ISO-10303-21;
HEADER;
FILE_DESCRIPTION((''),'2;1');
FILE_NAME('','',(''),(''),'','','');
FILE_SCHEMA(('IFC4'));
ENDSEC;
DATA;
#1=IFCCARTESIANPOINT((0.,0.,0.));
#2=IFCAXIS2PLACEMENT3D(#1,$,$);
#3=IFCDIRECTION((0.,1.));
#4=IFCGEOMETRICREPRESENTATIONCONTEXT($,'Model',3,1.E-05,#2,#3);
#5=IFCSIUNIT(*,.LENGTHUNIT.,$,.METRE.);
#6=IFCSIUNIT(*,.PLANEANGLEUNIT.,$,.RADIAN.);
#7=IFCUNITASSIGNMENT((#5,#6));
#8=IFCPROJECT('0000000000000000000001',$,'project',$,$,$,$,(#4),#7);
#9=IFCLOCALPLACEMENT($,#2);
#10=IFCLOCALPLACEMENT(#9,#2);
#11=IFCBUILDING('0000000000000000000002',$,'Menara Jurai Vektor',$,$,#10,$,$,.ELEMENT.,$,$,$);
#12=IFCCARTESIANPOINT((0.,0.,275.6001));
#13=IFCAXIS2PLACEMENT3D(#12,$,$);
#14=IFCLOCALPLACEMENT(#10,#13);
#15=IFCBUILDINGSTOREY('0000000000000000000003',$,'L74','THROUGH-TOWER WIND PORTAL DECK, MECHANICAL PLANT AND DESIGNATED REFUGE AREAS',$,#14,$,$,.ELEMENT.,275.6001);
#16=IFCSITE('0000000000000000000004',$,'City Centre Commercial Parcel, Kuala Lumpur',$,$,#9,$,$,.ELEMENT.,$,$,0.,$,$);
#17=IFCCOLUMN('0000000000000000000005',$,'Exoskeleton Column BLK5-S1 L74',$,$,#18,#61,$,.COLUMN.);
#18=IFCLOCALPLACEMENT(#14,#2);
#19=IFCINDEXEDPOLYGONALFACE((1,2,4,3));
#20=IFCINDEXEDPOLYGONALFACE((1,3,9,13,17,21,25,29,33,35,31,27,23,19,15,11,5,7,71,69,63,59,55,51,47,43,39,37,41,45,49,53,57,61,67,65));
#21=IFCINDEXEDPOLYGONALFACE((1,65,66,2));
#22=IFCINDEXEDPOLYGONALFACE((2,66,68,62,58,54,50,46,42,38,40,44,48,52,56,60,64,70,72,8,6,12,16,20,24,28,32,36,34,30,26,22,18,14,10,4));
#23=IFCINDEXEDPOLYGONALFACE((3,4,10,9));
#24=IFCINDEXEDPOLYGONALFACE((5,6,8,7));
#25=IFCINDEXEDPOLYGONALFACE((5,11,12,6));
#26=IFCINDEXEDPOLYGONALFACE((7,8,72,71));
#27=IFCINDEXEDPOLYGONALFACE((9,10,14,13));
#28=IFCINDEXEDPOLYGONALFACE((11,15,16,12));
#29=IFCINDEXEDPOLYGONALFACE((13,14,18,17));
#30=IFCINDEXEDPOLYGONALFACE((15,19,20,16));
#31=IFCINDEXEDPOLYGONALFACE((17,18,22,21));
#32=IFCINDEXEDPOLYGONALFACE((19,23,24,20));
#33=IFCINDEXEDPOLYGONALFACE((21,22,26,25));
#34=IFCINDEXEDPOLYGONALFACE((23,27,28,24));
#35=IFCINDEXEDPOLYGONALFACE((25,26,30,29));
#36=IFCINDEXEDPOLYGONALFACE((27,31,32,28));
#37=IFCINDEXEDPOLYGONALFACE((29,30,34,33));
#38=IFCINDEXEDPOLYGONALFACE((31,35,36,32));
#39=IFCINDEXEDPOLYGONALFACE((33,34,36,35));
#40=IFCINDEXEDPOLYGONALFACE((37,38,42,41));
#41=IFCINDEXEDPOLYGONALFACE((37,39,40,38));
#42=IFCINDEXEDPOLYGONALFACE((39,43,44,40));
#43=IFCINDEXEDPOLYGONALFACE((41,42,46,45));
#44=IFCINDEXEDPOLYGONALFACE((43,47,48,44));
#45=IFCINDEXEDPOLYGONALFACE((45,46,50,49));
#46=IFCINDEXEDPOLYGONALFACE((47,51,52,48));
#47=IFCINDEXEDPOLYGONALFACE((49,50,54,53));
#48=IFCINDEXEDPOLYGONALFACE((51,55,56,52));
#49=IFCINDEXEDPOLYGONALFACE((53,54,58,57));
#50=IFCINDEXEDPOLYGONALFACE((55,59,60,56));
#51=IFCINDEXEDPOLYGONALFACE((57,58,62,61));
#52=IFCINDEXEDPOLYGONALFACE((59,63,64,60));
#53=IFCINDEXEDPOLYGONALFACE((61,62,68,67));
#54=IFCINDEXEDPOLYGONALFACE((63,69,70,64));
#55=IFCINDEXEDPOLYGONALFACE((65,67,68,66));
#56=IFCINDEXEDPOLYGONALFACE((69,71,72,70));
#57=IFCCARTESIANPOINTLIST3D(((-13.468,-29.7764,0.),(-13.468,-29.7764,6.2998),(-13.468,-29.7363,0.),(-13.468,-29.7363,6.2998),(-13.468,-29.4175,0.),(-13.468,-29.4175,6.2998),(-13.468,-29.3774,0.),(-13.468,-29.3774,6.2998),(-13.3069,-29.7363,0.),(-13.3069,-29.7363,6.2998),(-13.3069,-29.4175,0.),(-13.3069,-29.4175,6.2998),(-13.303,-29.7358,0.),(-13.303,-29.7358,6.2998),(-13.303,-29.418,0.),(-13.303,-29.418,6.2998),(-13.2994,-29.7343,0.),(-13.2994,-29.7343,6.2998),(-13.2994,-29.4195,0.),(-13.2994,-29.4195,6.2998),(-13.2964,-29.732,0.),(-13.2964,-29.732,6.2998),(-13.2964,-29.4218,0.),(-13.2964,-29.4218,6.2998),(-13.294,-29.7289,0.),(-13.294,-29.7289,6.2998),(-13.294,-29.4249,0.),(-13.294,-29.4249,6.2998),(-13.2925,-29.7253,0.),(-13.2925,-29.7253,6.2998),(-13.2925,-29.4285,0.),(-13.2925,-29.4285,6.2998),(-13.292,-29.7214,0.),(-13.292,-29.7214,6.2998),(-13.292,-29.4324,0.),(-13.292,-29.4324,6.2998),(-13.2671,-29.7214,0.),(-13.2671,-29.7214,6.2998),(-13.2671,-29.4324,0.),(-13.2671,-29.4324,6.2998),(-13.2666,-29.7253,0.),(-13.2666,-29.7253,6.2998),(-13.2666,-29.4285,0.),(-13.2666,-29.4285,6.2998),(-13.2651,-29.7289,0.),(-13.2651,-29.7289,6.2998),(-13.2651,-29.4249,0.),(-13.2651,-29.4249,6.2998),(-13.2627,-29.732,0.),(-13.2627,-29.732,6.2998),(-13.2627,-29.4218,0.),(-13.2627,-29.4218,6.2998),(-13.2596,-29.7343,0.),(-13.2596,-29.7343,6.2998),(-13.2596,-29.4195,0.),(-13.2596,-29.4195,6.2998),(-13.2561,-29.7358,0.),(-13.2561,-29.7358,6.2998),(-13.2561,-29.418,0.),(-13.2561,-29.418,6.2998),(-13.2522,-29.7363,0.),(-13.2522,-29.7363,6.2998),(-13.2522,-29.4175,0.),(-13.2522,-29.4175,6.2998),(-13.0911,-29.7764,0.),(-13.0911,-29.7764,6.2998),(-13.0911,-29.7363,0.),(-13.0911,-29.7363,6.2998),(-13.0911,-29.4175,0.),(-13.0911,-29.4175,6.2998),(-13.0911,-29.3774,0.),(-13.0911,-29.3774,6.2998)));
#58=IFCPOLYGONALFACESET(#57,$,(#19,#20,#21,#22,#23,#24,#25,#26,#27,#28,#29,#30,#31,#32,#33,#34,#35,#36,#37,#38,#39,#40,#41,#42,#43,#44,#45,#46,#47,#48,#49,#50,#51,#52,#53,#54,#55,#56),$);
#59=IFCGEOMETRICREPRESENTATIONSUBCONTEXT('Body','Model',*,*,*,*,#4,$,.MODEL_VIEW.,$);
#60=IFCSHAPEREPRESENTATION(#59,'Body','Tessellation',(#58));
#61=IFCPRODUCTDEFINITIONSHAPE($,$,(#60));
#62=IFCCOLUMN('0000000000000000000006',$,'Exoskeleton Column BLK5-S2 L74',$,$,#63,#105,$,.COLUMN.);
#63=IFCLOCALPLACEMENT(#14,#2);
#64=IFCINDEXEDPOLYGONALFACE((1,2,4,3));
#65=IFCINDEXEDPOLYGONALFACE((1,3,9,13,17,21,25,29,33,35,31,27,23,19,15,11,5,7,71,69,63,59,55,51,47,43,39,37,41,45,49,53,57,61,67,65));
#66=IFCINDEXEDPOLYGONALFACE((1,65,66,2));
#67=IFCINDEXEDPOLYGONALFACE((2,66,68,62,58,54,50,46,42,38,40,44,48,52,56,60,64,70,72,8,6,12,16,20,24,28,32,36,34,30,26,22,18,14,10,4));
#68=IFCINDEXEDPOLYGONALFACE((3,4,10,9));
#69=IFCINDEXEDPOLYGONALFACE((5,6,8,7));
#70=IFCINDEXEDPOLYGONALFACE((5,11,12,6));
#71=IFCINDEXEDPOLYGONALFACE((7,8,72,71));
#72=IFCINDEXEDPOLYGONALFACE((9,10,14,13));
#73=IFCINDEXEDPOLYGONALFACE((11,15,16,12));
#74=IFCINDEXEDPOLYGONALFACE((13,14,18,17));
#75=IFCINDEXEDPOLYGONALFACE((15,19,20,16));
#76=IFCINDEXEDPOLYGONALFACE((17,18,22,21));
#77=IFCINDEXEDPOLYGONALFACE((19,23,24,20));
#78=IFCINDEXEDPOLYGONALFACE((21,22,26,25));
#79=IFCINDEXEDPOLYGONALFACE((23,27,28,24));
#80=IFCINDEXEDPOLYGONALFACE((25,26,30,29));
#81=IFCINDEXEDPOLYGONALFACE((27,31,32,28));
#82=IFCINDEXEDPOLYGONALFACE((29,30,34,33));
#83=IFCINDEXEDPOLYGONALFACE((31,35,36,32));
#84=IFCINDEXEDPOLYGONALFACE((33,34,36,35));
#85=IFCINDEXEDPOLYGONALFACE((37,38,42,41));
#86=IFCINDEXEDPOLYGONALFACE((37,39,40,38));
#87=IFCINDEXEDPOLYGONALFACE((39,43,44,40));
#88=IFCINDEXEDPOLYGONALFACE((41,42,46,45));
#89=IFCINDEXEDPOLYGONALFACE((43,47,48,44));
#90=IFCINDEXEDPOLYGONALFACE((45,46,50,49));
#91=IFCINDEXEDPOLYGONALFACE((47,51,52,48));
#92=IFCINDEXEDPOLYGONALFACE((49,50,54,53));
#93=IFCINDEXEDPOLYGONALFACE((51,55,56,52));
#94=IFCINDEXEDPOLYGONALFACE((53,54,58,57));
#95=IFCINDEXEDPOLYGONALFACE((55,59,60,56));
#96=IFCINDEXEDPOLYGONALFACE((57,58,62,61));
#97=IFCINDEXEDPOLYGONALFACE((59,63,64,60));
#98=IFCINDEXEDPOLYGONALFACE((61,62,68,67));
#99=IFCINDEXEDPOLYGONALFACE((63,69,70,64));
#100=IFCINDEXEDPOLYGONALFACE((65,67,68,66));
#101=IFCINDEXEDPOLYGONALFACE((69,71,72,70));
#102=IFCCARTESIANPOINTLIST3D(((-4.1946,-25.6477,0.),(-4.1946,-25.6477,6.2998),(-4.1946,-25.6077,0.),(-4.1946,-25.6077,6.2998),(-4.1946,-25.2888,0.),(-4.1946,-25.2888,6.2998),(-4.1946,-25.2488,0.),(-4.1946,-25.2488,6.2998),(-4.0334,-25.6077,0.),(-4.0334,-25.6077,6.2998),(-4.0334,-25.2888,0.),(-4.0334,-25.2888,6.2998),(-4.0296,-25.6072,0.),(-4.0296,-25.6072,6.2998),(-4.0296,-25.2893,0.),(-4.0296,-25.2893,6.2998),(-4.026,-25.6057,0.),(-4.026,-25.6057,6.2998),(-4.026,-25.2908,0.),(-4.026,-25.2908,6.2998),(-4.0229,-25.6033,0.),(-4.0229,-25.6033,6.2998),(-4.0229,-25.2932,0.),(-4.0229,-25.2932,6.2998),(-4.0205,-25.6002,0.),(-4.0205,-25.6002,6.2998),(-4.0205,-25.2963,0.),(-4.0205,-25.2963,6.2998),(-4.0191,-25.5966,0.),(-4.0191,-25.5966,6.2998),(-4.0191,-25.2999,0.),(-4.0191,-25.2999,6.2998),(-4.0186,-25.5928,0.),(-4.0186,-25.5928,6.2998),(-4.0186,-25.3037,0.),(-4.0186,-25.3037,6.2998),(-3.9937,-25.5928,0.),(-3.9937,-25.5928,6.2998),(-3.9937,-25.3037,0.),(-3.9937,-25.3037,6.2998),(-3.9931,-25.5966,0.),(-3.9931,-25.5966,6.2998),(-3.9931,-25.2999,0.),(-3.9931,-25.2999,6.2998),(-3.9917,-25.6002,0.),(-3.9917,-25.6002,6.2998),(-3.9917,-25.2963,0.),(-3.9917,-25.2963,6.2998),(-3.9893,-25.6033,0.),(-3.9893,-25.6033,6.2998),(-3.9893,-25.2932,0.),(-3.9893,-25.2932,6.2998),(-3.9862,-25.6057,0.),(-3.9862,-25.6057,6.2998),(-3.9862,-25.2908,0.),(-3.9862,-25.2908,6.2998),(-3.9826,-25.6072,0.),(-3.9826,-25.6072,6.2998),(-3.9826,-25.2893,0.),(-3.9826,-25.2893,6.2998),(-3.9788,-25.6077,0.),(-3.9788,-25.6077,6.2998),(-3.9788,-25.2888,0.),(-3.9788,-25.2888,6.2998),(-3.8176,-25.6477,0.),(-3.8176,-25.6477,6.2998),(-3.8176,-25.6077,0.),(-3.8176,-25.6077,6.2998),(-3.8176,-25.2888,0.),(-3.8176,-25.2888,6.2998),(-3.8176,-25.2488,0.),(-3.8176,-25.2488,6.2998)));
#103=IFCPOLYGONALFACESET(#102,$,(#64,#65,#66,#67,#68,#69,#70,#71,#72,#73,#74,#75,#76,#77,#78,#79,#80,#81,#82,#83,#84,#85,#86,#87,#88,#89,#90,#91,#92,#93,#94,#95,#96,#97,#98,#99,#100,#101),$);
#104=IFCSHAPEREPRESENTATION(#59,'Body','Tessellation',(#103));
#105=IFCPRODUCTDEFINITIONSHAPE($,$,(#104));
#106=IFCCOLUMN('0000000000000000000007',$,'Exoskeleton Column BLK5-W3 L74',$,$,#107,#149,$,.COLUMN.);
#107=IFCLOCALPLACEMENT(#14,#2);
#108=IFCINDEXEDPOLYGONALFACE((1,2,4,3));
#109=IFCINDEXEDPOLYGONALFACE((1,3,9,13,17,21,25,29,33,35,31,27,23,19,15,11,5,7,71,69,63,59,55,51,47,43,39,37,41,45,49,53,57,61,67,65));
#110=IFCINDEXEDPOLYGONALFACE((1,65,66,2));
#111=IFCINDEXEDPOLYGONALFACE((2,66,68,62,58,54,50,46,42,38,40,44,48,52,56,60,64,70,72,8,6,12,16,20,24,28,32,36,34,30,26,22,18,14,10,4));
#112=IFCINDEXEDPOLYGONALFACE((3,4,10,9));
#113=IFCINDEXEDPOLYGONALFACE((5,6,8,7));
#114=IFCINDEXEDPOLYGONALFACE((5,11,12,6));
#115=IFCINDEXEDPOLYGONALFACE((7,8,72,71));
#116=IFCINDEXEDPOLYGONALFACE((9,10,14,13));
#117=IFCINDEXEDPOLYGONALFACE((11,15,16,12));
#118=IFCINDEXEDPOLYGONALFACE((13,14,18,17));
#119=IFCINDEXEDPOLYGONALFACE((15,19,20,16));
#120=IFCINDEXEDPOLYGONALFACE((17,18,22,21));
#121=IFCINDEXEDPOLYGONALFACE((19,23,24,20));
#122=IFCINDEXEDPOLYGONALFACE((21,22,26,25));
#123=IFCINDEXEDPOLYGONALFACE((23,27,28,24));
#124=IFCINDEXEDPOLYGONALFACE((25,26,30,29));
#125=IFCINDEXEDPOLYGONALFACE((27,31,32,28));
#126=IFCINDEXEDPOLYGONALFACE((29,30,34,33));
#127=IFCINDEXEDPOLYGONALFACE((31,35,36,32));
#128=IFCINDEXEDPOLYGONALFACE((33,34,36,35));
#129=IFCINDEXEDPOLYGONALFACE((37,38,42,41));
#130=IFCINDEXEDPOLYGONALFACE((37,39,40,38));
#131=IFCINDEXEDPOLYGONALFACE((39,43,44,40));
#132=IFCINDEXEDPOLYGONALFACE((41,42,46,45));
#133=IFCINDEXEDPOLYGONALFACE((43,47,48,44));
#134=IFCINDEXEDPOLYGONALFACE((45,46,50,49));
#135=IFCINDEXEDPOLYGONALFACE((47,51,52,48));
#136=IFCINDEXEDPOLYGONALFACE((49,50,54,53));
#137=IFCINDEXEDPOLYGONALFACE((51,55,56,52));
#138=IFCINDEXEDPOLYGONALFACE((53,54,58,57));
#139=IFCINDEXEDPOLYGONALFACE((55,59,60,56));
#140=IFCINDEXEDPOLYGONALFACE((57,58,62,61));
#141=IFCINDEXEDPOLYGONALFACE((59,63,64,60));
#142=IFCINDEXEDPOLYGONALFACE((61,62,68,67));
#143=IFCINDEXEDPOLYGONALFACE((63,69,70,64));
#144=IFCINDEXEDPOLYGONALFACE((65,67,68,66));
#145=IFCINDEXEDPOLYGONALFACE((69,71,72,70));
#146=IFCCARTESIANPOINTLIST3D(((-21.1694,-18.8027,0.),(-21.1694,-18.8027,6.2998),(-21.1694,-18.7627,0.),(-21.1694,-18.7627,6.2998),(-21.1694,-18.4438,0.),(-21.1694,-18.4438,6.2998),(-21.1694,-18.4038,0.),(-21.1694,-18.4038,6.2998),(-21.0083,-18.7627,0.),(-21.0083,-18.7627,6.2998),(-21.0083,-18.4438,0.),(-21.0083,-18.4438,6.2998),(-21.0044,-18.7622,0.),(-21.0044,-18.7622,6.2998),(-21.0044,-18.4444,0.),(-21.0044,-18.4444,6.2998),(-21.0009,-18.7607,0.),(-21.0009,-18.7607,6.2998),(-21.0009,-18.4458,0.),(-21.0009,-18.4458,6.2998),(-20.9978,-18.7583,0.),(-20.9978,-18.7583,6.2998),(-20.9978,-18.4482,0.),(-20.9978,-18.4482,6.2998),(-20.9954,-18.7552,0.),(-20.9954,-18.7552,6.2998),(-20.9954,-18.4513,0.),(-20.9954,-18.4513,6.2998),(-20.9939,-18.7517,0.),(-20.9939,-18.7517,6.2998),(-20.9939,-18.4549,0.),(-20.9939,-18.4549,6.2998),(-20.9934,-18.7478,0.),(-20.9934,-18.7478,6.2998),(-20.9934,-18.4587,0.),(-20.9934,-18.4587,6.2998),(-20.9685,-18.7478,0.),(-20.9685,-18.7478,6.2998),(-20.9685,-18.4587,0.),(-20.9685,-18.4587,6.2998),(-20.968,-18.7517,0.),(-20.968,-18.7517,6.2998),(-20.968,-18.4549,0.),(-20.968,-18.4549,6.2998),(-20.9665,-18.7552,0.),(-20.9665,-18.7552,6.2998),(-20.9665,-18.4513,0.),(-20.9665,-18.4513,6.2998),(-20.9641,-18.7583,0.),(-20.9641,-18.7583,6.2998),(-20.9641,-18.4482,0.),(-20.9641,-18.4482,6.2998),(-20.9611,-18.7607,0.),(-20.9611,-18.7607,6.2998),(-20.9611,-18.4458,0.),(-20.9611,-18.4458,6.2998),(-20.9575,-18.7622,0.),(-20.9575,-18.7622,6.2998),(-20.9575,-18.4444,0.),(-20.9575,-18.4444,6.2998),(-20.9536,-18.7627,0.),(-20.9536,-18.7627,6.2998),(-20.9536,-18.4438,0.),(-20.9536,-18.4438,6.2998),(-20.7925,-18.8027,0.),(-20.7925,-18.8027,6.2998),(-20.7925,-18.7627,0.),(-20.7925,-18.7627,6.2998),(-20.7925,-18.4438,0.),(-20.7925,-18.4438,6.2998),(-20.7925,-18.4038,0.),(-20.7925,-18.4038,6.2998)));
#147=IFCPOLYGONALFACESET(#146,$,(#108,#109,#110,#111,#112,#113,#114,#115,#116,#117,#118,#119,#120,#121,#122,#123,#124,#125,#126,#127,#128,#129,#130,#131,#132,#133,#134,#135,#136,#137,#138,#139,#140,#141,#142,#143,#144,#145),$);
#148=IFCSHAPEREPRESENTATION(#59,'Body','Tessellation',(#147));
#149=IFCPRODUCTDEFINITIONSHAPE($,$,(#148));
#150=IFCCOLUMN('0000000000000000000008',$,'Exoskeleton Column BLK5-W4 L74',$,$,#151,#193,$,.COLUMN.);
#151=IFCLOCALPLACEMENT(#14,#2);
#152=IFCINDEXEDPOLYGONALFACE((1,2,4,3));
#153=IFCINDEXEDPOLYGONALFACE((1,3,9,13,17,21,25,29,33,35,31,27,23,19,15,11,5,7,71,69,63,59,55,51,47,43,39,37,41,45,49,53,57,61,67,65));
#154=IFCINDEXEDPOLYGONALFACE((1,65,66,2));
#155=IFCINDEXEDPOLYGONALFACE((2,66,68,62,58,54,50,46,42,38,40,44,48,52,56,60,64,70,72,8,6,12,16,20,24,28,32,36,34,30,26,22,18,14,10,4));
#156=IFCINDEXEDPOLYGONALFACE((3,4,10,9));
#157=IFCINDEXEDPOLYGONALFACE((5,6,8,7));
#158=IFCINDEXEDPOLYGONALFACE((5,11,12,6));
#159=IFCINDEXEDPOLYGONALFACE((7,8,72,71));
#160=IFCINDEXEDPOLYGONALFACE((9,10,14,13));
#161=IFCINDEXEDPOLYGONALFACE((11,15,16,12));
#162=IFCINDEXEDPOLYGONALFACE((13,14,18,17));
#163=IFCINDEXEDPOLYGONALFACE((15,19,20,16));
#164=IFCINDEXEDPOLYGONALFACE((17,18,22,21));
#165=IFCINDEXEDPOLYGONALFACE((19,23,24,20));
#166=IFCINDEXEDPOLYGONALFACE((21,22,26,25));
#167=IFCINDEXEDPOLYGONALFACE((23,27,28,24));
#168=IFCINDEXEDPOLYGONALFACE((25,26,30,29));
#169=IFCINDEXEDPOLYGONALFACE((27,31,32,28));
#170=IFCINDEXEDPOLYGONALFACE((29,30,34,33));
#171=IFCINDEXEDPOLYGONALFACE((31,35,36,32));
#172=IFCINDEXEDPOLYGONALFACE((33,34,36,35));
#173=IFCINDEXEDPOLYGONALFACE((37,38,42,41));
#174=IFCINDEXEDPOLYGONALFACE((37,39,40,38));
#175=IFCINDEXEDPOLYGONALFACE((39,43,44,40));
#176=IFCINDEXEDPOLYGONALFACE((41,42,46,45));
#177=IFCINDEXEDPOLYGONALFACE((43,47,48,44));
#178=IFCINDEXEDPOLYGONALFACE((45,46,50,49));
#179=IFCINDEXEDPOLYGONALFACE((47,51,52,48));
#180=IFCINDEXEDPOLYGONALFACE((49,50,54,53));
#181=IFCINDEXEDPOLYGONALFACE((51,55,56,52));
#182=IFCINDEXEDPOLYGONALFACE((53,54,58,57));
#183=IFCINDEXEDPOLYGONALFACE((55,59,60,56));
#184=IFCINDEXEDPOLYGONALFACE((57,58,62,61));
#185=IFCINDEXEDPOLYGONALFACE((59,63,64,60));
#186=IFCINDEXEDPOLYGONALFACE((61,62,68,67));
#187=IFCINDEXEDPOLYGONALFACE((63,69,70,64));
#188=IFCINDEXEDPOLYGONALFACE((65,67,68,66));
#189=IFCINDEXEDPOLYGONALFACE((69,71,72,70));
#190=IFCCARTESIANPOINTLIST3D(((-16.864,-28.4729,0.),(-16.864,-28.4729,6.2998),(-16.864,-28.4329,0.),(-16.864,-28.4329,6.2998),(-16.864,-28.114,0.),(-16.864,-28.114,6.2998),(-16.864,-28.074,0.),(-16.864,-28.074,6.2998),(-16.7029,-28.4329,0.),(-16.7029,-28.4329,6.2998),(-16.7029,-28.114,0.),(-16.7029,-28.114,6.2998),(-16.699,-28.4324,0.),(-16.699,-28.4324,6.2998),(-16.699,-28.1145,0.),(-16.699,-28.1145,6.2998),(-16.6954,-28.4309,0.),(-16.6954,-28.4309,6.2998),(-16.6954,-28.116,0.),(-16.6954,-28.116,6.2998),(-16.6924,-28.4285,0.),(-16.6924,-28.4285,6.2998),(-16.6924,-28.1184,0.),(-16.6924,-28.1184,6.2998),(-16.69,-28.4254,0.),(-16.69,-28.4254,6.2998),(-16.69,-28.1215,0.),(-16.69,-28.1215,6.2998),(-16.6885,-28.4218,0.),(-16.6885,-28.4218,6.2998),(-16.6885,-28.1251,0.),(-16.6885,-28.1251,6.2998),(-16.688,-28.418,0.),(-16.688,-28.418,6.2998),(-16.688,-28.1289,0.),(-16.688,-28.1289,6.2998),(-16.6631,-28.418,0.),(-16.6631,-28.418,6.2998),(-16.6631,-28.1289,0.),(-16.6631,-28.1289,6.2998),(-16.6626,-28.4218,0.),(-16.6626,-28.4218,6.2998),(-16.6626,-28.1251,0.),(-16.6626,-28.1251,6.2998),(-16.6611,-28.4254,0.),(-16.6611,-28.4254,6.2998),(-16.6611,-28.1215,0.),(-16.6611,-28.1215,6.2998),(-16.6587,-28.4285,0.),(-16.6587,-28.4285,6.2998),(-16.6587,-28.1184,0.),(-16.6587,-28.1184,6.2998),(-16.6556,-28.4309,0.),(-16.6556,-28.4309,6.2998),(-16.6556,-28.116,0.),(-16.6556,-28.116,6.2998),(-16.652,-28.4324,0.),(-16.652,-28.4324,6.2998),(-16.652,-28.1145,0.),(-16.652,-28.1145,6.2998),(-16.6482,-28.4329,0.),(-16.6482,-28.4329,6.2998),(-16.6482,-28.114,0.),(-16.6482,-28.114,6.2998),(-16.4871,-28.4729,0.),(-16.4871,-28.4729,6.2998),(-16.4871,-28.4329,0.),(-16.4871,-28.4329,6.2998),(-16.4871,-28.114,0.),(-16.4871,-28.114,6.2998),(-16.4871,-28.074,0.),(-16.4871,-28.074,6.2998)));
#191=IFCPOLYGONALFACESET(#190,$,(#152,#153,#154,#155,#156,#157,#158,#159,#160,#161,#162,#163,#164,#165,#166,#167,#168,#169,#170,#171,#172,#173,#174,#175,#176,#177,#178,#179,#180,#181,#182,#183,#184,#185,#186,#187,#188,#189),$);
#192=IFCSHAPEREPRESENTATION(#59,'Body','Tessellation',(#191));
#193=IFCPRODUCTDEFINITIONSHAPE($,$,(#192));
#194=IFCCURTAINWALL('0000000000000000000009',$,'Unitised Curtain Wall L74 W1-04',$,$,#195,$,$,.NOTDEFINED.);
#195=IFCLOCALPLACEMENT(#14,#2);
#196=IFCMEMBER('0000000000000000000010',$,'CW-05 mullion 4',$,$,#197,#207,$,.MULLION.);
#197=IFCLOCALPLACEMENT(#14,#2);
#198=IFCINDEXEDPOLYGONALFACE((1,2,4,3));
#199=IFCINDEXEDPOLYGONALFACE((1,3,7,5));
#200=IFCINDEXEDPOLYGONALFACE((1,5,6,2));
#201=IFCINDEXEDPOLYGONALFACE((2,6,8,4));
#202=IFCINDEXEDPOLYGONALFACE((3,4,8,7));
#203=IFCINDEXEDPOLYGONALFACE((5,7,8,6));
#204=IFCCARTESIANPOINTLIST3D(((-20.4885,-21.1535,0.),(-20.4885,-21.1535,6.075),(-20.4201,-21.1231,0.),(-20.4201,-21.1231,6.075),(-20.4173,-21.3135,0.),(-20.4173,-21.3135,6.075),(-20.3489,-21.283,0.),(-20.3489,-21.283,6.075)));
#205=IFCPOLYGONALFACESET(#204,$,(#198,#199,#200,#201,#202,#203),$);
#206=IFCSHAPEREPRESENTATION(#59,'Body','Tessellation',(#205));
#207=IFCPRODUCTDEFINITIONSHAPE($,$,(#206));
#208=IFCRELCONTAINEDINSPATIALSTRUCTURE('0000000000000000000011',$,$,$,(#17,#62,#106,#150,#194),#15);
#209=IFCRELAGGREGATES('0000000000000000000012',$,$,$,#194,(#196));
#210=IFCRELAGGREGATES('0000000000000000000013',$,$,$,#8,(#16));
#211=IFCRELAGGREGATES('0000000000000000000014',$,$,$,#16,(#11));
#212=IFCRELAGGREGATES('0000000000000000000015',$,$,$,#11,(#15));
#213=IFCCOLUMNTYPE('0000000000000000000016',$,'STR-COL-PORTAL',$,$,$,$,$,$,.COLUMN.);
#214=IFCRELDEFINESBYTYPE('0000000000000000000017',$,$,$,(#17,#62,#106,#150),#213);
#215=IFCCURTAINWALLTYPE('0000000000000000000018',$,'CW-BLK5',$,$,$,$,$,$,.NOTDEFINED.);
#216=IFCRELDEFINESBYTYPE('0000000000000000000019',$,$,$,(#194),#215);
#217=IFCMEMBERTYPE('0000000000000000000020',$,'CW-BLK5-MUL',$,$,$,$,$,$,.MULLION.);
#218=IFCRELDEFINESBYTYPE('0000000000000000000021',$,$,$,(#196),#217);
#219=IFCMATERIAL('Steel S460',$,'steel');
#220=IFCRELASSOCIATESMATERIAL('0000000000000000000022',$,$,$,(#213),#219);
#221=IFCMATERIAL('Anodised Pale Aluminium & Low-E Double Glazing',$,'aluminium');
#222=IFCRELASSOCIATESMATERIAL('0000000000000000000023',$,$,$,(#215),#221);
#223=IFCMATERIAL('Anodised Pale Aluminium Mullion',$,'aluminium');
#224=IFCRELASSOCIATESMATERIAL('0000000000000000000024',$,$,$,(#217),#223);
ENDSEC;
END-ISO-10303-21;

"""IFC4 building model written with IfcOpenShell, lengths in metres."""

from ifc_helpers import new_model, si_unit, direction, frame, origin, origin_2d, place, context, subcontext, project, spatial, rectangle, i_section, extrude, material, material_profile, profile_set, type_object, element, aggregate, save


model = new_model("IFC4")

# Units and contexts
model_context = context("Model", 3, precision=1e-05, world=origin(), true_north=direction((0.0, 1.0)))
body_context = subcontext(model_context, "Body", "Model", "MODEL_VIEW")
ifc_project = project(units=[si_unit("LENGTHUNIT", "METRE"), si_unit("PLANEANGLEUNIT", "RADIAN")], contexts=[model_context])

# Site, building, storey
site_placement = place(None, origin())
site = spatial("IfcSite", under=ifc_project, at=site_placement, Name="City Centre Commercial Parcel, Kuala Lumpur", CompositionType="ELEMENT", RefElevation=0.0)
building_placement = place(site_placement, origin())
building = spatial("IfcBuilding", under=site, at=building_placement, Name="Menara Jurai Vektor", CompositionType="ELEMENT")
storey_placement = place(building_placement, frame((0.0, 0.0, 275.6001)))
storey = spatial("IfcBuildingStorey", under=building, at=storey_placement, Name="L74", Description="THROUGH-TOWER WIND PORTAL DECK, MECHANICAL PLANT AND DESIGNATED REFUGE AREAS", CompositionType="ELEMENT", Elevation=275.6001)

# Columns
ifc_material_1 = material(Name="Steel S460", Category="steel")
ifc_material_profile_1 = material_profile(ifc_material_1, i_section(OverallWidth=0.377, OverallDepth=0.3989, WebThickness=0.0249, FlangeThickness=0.04, FilletRadius=0.0149, at=origin_2d()), Name="HD 360x314")
ifc_profile_set_1 = profile_set([ifc_material_profile_1], Name="Steel S460")
column_type = type_object("IfcColumnType", Name="STR-COL-PORTAL", PredefinedType="COLUMN", material=ifc_profile_set_1)
for number, where, z_axis, x_axis, name in (
    (1, (-13.2795, -29.5769, 0.0), (0.0, 0.0, 1.0), (1.0, 0.0, 0.0), "Exoskeleton Column BLK5-S1 L74"),
    (2, (-4.0061, -25.4482, 0.0), (0.0, 0.0, 1.0), (1.0, 0.0, 0.0), "Exoskeleton Column BLK5-S2 L74"),
    (3, (-20.981, -18.6033, 0.0), (0.0, 0.0, 1.0), (1.0, 0.0, 0.0), "Exoskeleton Column BLK5-W3 L74"),
    (4, (-16.6755, -28.2734, 0.0), (0.0, 0.0, 1.0), (1.0, 0.0, 0.0), "Exoskeleton Column BLK5-W4 L74"),
):
    element("IfcColumn", number, at=place(storey_placement, frame(where, z_axis=z_axis, x_axis=x_axis)), inside=storey, type_object=column_type, Name=name, PredefinedType="COLUMN", context=body_context, shape_type="SweptSolid", body=[
        extrude(i_section(OverallWidth=0.377, OverallDepth=0.3989, WebThickness=0.0249, FlangeThickness=0.04, FilletRadius=0.0149, at=origin_2d()), origin(), (0.0, 0.0, 1.0), 6.2998),
    ])

# Curtain wall, member
ifc_material_2 = material(Name="Anodised Pale Aluminium & Low-E Double Glazing", Category="aluminium")
curtain_wall_type = type_object("IfcCurtainWallType", Name="CW-BLK5", PredefinedType="NOTDEFINED", material=ifc_material_2)
curtain_wall_1_placement = place(storey_placement, origin())
curtain_wall_1 = element("IfcCurtainWall", 5, at=curtain_wall_1_placement, inside=storey, type_object=curtain_wall_type, Name="Unitised Curtain Wall L74 W1-04", PredefinedType="NOTDEFINED")
ifc_material_3 = material(Name="Anodised Pale Aluminium Mullion", Category="aluminium")
ifc_material_profile_2 = material_profile(ifc_material_3, rectangle(XDim=0.075, YDim=0.175, at=origin_2d()), Name="ALU MUL 75x175")
ifc_profile_set_2 = profile_set([ifc_material_profile_2], Name="Anodised Pale Aluminium Mullion")
member_type_1 = type_object("IfcMemberType", Name="CW-BLK5-MUL", PredefinedType="MULLION", material=ifc_profile_set_2)
member_1_placement = place(storey_placement, frame((-20.4187, -21.2183, 0.0), z_axis=(0.0, 0.0, 1.0), x_axis=(0.913546, 0.406735, 0.0)))
member_1 = element("IfcMember", 6, at=member_1_placement, type_object=member_type_1, Name="CW-05 mullion 4", PredefinedType="MULLION", context=body_context, shape_type="SweptSolid", body=[
    extrude(rectangle(XDim=0.075, YDim=0.175, at=origin_2d()), origin(), (0.0, 0.0, 1.0), 6.075),
])

aggregate(curtain_wall_1, [member_1])

save(model, "model.ifc")
